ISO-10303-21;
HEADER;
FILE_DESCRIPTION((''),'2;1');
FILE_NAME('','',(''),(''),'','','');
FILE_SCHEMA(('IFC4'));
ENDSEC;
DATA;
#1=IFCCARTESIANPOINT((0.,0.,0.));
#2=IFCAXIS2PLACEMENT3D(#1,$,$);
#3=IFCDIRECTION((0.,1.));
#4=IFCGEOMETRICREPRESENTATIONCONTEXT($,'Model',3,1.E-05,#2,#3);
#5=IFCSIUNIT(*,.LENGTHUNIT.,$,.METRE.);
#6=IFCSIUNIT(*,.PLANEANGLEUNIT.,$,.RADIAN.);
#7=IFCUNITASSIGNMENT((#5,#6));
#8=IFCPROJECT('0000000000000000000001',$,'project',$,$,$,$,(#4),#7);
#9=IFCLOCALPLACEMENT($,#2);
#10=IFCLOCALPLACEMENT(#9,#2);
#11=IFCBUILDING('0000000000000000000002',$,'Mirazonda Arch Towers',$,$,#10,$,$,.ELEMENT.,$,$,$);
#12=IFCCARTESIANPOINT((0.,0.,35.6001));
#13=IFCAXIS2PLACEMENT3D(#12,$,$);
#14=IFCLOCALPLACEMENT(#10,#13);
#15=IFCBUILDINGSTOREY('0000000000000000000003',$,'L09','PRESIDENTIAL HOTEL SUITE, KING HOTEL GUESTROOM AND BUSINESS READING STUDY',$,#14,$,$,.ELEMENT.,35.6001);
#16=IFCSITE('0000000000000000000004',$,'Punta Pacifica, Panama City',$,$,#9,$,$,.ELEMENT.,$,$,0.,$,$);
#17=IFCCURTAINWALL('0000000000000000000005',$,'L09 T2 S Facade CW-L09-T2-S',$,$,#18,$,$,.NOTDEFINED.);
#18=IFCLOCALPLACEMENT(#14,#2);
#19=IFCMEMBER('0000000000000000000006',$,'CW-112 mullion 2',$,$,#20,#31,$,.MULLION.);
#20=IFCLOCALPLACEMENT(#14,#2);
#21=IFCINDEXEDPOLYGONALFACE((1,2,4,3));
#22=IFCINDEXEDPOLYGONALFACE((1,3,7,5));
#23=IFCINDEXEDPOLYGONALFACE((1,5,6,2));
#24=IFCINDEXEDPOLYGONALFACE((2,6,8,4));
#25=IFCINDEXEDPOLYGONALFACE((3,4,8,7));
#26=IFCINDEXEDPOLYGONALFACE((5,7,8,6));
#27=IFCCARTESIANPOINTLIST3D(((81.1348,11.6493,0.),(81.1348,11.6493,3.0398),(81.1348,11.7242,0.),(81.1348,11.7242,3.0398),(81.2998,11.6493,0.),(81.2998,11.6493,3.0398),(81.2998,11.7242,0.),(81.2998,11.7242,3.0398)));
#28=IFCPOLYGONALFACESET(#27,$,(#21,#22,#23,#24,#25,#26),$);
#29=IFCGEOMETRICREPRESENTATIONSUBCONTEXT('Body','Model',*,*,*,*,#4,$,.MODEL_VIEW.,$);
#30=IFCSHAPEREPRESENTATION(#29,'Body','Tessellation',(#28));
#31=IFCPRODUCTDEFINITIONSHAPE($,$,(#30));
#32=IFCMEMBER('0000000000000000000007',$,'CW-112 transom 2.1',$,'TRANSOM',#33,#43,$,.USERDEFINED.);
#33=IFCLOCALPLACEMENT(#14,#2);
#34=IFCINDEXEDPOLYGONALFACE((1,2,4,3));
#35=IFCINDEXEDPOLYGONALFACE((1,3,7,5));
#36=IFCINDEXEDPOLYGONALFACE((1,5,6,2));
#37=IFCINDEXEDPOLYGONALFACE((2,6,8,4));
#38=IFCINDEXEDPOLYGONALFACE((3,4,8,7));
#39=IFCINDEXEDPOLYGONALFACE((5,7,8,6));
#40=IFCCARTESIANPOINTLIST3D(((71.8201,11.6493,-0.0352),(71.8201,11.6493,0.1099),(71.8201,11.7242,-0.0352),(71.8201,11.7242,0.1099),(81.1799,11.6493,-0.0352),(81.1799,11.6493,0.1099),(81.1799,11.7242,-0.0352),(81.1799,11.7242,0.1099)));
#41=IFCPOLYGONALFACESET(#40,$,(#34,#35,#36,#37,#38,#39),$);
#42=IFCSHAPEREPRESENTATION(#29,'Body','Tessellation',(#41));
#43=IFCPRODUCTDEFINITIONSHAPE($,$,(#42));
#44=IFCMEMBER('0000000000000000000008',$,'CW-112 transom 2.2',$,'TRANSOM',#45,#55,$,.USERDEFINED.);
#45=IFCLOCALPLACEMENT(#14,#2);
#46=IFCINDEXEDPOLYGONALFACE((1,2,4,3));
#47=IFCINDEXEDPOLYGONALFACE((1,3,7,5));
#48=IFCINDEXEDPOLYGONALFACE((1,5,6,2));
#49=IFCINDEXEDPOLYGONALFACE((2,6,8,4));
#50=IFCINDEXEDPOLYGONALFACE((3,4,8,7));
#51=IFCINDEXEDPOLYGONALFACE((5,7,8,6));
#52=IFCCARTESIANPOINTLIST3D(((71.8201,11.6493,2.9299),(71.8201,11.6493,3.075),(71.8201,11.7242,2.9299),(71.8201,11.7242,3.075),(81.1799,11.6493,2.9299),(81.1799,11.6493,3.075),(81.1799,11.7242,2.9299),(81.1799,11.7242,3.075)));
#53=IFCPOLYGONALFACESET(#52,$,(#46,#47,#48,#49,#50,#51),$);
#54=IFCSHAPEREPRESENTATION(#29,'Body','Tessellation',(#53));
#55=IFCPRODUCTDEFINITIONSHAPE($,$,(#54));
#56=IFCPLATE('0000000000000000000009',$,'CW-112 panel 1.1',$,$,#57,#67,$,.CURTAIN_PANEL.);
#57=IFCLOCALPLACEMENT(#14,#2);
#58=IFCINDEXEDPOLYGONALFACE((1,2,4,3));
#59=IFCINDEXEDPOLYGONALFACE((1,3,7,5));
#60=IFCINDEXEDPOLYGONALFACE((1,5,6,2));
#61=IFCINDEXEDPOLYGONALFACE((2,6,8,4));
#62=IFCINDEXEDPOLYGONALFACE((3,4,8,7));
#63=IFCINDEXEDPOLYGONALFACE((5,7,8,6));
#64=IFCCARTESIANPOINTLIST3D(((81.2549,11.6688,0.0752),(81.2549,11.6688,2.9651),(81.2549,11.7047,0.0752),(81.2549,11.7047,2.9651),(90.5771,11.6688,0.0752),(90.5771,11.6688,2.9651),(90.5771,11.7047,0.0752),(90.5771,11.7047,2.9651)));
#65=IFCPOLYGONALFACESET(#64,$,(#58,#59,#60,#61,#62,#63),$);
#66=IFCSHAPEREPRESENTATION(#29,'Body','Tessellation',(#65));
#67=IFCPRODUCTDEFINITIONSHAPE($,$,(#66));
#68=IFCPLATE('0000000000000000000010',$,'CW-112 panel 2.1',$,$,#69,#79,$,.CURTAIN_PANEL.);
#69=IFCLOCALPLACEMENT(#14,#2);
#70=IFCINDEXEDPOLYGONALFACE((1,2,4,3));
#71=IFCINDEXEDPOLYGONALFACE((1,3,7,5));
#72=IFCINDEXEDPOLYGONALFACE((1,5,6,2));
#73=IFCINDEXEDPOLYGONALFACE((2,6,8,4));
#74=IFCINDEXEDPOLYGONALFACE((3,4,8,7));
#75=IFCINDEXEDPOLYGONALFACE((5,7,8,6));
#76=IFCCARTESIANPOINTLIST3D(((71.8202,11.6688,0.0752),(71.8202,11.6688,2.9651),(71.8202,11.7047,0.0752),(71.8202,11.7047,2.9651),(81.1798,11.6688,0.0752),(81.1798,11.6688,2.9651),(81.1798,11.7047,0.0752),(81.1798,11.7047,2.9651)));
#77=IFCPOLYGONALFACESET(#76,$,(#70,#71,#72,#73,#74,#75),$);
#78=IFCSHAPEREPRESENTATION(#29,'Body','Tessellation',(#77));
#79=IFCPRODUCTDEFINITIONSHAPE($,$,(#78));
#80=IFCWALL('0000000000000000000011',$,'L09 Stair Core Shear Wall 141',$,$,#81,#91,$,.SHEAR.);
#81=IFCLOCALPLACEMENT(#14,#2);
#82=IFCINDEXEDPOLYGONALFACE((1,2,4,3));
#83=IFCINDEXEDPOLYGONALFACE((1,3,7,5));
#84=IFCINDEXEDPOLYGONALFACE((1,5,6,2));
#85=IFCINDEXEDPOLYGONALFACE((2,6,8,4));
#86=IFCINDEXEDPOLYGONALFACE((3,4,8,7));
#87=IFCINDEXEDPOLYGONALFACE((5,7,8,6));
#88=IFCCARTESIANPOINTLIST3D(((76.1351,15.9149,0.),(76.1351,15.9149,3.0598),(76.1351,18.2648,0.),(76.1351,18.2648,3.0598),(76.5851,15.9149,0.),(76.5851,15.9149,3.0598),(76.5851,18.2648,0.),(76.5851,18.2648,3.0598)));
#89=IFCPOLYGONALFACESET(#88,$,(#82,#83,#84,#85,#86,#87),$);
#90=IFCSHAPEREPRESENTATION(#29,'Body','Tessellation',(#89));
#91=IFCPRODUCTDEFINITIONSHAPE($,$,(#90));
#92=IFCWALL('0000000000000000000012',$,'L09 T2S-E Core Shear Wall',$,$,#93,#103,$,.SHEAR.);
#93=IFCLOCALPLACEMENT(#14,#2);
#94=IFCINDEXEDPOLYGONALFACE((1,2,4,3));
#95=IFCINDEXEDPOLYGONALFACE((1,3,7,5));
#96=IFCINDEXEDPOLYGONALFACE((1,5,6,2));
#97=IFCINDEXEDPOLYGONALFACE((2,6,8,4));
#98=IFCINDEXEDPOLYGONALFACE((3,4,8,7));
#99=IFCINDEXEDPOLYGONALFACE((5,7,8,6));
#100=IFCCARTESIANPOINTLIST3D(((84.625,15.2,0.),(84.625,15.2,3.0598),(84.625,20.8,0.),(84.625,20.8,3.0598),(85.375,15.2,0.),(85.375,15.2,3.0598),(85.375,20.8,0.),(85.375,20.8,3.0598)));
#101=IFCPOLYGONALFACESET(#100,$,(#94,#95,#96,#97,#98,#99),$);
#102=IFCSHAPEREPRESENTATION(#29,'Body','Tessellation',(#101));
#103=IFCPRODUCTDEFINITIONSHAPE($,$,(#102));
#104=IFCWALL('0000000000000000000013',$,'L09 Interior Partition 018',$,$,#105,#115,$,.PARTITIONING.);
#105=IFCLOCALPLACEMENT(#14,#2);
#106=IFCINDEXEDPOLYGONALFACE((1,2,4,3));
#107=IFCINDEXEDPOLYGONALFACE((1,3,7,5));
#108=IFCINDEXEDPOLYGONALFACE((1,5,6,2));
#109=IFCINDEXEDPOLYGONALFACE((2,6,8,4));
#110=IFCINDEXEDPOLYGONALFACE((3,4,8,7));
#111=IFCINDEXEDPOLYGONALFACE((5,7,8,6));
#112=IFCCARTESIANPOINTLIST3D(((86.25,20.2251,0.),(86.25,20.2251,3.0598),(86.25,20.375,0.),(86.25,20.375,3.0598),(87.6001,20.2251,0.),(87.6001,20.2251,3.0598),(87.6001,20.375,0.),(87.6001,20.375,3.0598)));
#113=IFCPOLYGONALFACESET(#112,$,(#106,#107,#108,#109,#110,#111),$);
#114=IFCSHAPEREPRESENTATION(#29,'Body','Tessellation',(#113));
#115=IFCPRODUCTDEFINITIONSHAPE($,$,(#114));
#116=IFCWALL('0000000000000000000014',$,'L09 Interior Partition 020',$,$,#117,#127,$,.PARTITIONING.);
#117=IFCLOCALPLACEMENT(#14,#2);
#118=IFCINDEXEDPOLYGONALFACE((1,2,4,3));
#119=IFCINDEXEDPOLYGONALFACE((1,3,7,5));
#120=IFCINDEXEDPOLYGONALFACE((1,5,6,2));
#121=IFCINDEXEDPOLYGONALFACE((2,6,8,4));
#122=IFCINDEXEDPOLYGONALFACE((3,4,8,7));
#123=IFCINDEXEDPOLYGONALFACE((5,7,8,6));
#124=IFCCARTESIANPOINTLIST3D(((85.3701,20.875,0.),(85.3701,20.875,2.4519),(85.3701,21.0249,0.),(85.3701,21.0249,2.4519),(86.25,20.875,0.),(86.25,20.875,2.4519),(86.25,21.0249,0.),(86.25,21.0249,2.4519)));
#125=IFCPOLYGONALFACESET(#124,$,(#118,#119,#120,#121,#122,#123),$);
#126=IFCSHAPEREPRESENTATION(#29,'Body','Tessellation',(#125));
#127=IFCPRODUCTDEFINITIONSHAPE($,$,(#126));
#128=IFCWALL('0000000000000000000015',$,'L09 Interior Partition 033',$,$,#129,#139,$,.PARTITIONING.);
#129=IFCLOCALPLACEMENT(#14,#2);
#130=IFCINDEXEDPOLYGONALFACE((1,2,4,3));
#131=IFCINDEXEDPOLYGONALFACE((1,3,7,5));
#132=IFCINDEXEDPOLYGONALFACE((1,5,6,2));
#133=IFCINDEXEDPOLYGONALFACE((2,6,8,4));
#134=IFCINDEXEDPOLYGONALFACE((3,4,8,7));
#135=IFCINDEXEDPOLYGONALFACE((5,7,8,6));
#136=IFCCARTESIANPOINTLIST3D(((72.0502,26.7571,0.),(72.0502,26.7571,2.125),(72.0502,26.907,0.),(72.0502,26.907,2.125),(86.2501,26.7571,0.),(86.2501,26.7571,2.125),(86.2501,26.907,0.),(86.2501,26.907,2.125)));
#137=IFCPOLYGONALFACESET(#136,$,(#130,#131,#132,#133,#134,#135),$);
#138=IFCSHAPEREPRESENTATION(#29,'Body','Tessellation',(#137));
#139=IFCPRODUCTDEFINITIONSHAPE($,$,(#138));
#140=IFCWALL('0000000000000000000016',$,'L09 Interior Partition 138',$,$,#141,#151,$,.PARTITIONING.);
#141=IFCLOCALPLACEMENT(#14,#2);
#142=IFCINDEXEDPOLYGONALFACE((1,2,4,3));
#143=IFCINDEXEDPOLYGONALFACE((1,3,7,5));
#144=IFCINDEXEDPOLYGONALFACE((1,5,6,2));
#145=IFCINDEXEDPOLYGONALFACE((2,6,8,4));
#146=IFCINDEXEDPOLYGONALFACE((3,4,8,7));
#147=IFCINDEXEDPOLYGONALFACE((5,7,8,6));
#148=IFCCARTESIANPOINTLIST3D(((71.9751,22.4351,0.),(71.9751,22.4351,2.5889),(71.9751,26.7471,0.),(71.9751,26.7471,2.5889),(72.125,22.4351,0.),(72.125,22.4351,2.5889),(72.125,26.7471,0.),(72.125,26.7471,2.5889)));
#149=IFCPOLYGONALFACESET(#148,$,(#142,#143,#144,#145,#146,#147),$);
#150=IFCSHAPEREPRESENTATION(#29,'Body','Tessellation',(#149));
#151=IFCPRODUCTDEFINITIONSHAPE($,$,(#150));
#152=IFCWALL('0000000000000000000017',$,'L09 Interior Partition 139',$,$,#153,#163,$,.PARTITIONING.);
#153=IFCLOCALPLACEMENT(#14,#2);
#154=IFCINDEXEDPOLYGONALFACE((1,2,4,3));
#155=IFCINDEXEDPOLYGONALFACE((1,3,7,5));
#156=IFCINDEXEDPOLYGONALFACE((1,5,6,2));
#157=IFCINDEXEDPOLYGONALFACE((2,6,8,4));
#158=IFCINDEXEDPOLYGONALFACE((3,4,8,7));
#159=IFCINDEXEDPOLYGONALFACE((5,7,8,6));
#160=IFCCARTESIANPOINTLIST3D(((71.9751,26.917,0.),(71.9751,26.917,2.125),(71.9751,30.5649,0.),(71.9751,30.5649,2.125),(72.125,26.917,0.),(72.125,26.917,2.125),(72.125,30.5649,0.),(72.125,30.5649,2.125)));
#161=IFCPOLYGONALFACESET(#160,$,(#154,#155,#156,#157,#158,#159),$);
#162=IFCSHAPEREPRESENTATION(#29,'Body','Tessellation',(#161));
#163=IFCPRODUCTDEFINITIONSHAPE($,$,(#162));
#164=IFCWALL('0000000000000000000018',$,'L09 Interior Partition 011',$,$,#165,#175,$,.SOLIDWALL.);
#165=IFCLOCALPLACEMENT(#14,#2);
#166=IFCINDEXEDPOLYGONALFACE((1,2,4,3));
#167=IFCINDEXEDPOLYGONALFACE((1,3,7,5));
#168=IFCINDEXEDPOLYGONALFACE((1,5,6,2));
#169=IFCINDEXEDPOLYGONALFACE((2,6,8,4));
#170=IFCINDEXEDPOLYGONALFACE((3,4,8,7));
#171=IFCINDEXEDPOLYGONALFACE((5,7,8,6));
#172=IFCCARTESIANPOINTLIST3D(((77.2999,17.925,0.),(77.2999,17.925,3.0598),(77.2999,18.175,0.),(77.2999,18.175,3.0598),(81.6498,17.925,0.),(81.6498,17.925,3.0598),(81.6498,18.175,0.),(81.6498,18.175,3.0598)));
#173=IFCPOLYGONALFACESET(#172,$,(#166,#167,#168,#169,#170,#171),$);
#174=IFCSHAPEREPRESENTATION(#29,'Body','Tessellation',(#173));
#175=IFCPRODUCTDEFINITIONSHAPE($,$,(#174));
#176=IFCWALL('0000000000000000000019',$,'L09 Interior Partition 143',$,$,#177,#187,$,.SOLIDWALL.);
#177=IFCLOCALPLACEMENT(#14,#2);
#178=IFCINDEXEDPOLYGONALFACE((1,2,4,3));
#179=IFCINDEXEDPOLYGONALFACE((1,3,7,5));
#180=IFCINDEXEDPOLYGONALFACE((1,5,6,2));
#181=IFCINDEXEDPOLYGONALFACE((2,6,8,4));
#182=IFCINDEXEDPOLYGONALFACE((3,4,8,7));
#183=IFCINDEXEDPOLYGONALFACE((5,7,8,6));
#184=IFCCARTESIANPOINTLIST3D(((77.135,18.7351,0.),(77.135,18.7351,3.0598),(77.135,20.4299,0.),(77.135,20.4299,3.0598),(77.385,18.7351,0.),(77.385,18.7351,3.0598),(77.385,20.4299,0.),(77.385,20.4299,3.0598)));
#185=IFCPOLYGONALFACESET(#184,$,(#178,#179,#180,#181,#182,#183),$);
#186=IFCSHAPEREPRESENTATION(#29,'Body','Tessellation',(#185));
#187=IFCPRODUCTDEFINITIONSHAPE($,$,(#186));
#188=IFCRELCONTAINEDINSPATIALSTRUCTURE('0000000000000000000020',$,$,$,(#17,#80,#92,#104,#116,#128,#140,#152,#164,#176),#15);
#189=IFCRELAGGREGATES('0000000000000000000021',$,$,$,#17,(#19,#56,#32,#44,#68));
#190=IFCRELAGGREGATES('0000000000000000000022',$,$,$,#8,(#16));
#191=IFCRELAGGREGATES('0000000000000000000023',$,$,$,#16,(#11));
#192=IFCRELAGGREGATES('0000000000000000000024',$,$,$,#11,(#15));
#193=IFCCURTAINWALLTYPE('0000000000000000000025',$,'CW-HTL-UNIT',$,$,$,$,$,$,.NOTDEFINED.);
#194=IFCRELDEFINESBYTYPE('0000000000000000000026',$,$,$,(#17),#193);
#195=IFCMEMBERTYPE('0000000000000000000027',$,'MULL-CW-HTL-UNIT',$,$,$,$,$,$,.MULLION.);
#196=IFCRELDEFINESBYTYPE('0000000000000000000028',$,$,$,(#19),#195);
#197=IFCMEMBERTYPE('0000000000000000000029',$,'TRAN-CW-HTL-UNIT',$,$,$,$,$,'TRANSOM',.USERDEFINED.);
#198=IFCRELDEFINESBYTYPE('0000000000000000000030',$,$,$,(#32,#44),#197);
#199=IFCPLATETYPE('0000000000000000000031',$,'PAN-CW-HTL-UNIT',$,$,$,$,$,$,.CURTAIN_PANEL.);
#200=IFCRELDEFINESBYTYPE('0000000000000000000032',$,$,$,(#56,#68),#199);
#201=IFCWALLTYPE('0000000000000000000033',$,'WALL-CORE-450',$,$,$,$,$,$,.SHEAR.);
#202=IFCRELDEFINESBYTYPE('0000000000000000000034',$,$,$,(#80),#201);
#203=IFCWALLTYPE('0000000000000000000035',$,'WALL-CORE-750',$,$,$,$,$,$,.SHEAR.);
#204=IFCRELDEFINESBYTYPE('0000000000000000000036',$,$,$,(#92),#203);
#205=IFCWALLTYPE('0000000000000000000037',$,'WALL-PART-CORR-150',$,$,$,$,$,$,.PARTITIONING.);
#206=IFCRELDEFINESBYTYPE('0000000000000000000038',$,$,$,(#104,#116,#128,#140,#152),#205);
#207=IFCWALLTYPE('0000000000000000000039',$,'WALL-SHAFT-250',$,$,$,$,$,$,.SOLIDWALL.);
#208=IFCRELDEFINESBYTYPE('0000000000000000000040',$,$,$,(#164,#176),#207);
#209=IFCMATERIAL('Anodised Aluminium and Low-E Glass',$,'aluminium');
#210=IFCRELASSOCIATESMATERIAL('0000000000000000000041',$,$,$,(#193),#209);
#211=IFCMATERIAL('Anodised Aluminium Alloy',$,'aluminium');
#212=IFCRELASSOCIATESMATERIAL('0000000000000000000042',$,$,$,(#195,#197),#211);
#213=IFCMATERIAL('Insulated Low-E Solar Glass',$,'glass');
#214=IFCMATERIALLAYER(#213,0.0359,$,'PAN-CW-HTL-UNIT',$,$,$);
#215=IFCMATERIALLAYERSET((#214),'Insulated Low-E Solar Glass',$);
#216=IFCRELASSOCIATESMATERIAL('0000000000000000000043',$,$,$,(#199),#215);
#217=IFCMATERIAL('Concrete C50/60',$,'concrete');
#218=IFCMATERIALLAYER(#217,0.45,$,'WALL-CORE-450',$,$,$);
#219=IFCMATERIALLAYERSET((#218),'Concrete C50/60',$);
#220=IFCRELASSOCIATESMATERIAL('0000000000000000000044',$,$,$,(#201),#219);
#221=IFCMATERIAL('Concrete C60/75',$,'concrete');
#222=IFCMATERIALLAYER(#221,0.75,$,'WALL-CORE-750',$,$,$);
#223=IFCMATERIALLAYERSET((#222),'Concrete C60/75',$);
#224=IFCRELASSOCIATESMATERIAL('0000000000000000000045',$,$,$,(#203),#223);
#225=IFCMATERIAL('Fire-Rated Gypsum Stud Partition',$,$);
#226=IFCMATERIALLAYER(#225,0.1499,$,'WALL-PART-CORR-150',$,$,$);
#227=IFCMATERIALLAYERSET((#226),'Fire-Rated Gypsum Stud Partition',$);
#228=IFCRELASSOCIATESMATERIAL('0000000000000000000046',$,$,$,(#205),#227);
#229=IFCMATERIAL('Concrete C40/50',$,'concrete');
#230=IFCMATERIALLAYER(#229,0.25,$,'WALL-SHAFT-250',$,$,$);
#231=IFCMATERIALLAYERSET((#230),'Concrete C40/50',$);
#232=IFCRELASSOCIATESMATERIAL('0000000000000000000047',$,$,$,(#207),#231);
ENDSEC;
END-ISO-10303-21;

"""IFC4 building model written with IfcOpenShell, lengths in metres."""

from ifc_helpers import new_model, si_unit, direction, frame, frame_2d, origin, origin_2d, place, context, subcontext, project, spatial, rectangle, extrude, material, layer, layer_set, material_profile, profile_set, type_object, element, aggregate, save


model = new_model("IFC4")

# Units and contexts
model_context = context("Model", 3, precision=1e-05, world=origin(), true_north=direction((0.0, 1.0)))
body_context = subcontext(model_context, "Body", "Model", "MODEL_VIEW")
ifc_project = project(units=[si_unit("LENGTHUNIT", "METRE"), si_unit("PLANEANGLEUNIT", "RADIAN")], contexts=[model_context])

# Site, building, storey
site_placement = place(None, origin())
site = spatial("IfcSite", under=ifc_project, at=site_placement, Name="Punta Pacifica, Panama City", CompositionType="ELEMENT", RefElevation=0.0)
building_placement = place(site_placement, origin())
building = spatial("IfcBuilding", under=site, at=building_placement, Name="Mirazonda Arch Towers", CompositionType="ELEMENT")
storey_placement = place(building_placement, frame((0.0, 0.0, 35.6001)))
storey = spatial("IfcBuildingStorey", under=building, at=storey_placement, Name="L09", Description="PRESIDENTIAL HOTEL SUITE, KING HOTEL GUESTROOM AND BUSINESS READING STUDY", CompositionType="ELEMENT", Elevation=35.6001)

# Shared definitions
ifc_material_1 = material(Name="Concrete C60/75", Category="concrete")

# Curtain wall, members, plates
ifc_material_2 = material(Name="Anodised Aluminium and Low-E Glass", Category="aluminium")
curtain_wall_type = type_object("IfcCurtainWallType", Name="CW-HTL-UNIT", PredefinedType="NOTDEFINED", material=ifc_material_2)
curtain_wall_placement = place(storey_placement, origin())
curtain_wall = element("IfcCurtainWall", 1, at=curtain_wall_placement, inside=storey, type_object=curtain_wall_type, Name="L09 T2 S Facade CW-L09-T2-S", PredefinedType="NOTDEFINED")
ifc_material_3 = material(Name="Anodised Aluminium Alloy", Category="aluminium")
ifc_material_profile_1 = material_profile(ifc_material_3, rectangle(XDim=0.075, YDim=0.165, at=origin_2d()), Name="ALU-MULL-75x165")
ifc_profile_set_1 = profile_set([ifc_material_profile_1], Name="Anodised Aluminium Alloy")
member_type_1 = type_object("IfcMemberType", Name="MULL-CW-HTL-UNIT", PredefinedType="MULLION", material=ifc_profile_set_1)
member_1_placement = place(storey_placement, frame((81.2173, 11.6868, 0.0), z_axis=(0.0, 0.0, 1.0), x_axis=(0.0, -1.0, 0.0)))
member_1 = element("IfcMember", 2, at=member_1_placement, type_object=member_type_1, Name="CW-112 mullion 2", PredefinedType="MULLION", context=body_context, shape_type="SweptSolid", body=[
    extrude(rectangle(XDim=0.075, YDim=0.165, at=origin_2d()), origin(), (0.0, 0.0, 1.0), 3.0398),
])
ifc_material_profile_2 = material_profile(ifc_material_3, rectangle(XDim=0.075, YDim=0.145, at=origin_2d()), Name="ALU-TRAN-75x145")
ifc_profile_set_2 = profile_set([ifc_material_profile_2], Name="Anodised Aluminium Alloy")
member_type_2 = type_object("IfcMemberType", Name="TRAN-CW-HTL-UNIT", ElementType="TRANSOM", PredefinedType="USERDEFINED", material=ifc_profile_set_2)
member_2_placement = place(storey_placement, frame((81.1799, 11.6868, 0.0374), z_axis=(-1.0, 0.0, 0.0), x_axis=(0.0, -1.0, 0.0)))
member_2 = element("IfcMember", 3, at=member_2_placement, type_object=member_type_2, Name="CW-112 transom 2.1", ObjectType="TRANSOM", PredefinedType="USERDEFINED", context=body_context, shape_type="SweptSolid", body=[
    extrude(rectangle(XDim=0.075, YDim=0.145, at=origin_2d()), origin(), (0.0, 0.0, 1.0), 9.3599),
])
member_3_placement = place(storey_placement, frame((81.1799, 11.6868, 3.0024), z_axis=(-1.0, 0.0, 0.0), x_axis=(0.0, -1.0, 0.0)))
member_3 = element("IfcMember", 4, at=member_3_placement, type_object=member_type_2, Name="CW-112 transom 2.2", ObjectType="TRANSOM", PredefinedType="USERDEFINED", context=body_context, shape_type="SweptSolid", body=[
    extrude(rectangle(XDim=0.075, YDim=0.145, at=origin_2d()), origin(), (0.0, 0.0, 1.0), 9.3599),
])
ifc_material_4 = material(Name="Insulated Low-E Solar Glass", Category="glass")
ifc_layer_1 = layer(ifc_material_4, 0.0359, Name="PAN-CW-HTL-UNIT")
ifc_layer_set_1 = layer_set([ifc_layer_1], Name="Insulated Low-E Solar Glass")
plate_type = type_object("IfcPlateType", Name="PAN-CW-HTL-UNIT", PredefinedType="CURTAIN_PANEL", material=ifc_layer_set_1)
plate_1_placement = place(storey_placement, frame((85.916, 11.6868, 0.0752), z_axis=(0.0, 0.0, 1.0), x_axis=(-1.0, 0.0, 0.0)))
plate_1 = element("IfcPlate", 5, at=plate_1_placement, type_object=plate_type, Name="CW-112 panel 1.1", PredefinedType="CURTAIN_PANEL", context=body_context, shape_type="SweptSolid", body=[
    extrude(rectangle(XDim=9.3223, YDim=0.0359, at=origin_2d()), origin(), (0.0, 0.0, 1.0), 2.8899),
])
plate_2_placement = place(storey_placement, frame((76.5, 11.6868, 0.0752), z_axis=(0.0, 0.0, 1.0), x_axis=(-1.0, 0.0, 0.0)))
plate_2 = element("IfcPlate", 6, at=plate_2_placement, type_object=plate_type, Name="CW-112 panel 2.1", PredefinedType="CURTAIN_PANEL", context=body_context, shape_type="SweptSolid", body=[
    extrude(rectangle(XDim=9.3596, YDim=0.0359, at=origin_2d()), origin(), (0.0, 0.0, 1.0), 2.8899),
])
aggregate(curtain_wall, [member_1, plate_1, member_2, member_3, plate_2])

# Walls
ifc_material_5 = material(Name="Concrete C50/60", Category="concrete")
ifc_layer_2 = layer(ifc_material_5, 0.45, Name="WALL-CORE-450")
ifc_layer_set_2 = layer_set([ifc_layer_2], Name="Concrete C50/60")
wall_type_1 = type_object("IfcWallType", Name="WALL-CORE-450", PredefinedType="SHEAR", material=ifc_layer_set_2)
wall_1_placement = place(storey_placement, frame((76.3601, 15.915, 0.0), z_axis=(0.0, 0.0, 1.0), x_axis=(0.0, 1.0, 0.0)))
element("IfcWall", 7, at=wall_1_placement, inside=storey, type_object=wall_type_1, Name="L09 Stair Core Shear Wall 141", PredefinedType="SHEAR", context=body_context, shape_type="SweptSolid", body=[
    extrude(rectangle(XDim=2.3499, YDim=0.45, at=frame_2d((1.1748, 0.0))), origin(), (0.0, 0.0, 1.0), 3.0598),
])
ifc_layer_3 = layer(ifc_material_1, 0.75, Name="WALL-CORE-750")
ifc_layer_set_3 = layer_set([ifc_layer_3], Name="Concrete C60/75")
wall_type_2 = type_object("IfcWallType", Name="WALL-CORE-750", PredefinedType="SHEAR", material=ifc_layer_set_3)
wall_2_placement = place(storey_placement, frame((85.0, 15.2, 0.0), z_axis=(0.0, 0.0, 1.0), x_axis=(0.0, 1.0, 0.0)))
element("IfcWall", 8, at=wall_2_placement, inside=storey, type_object=wall_type_2, Name="L09 T2S-E Core Shear Wall", PredefinedType="SHEAR", context=body_context, shape_type="SweptSolid", body=[
    extrude(rectangle(XDim=5.6001, YDim=0.75, at=frame_2d((2.8, 0.0))), origin(), (0.0, 0.0, 1.0), 3.0598),
])
ifc_material_6 = material(Name="Fire-Rated Gypsum Stud Partition")
ifc_layer_4 = layer(ifc_material_6, 0.1499, Name="WALL-PART-CORR-150")
ifc_layer_set_4 = layer_set([ifc_layer_4], Name="Fire-Rated Gypsum Stud Partition")
wall_type_3 = type_object("IfcWallType", Name="WALL-PART-CORR-150", PredefinedType="PARTITIONING", material=ifc_layer_set_4)
wall_3_placement = place(storey_placement, frame((86.25, 20.3, 0.0), z_axis=(0.0, 0.0, 1.0), x_axis=(1.0, 0.0, 0.0)))
element("IfcWall", 9, at=wall_3_placement, inside=storey, type_object=wall_type_3, Name="L09 Interior Partition 018", PredefinedType="PARTITIONING", context=body_context, shape_type="SweptSolid", body=[
    extrude(rectangle(XDim=1.3501, YDim=0.1499, at=frame_2d((0.675, 0.0))), origin(), (0.0, 0.0, 1.0), 3.0598),
])
wall_4_placement = place(storey_placement, frame((85.3701, 20.95, 0.0), z_axis=(0.0, 0.0, 1.0), x_axis=(1.0, 0.0, 0.0)))
element("IfcWall", 10, at=wall_4_placement, inside=storey, type_object=wall_type_3, Name="L09 Interior Partition 020", PredefinedType="PARTITIONING", context=body_context, shape_type="SweptSolid", body=[
    extrude(rectangle(XDim=0.8799, YDim=0.1499, at=frame_2d((0.4399, 0.0))), origin(), (0.0, 0.0, 1.0), 2.4519),
])
wall_5_placement = place(storey_placement, frame((72.05, 26.832, 0.0), z_axis=(0.0, 0.0, 1.0), x_axis=(1.0, 0.0, 0.0)))
element("IfcWall", 11, at=wall_5_placement, inside=storey, type_object=wall_type_3, Name="L09 Interior Partition 033", PredefinedType="PARTITIONING", context=body_context, shape_type="SweptSolid", body=[
    extrude(rectangle(XDim=14.2, YDim=0.1499, at=frame_2d((7.1001, 0.0))), origin(), (0.0, 0.0, 1.0), 2.125),
])
wall_6_placement = place(storey_placement, frame((72.05, 22.4351, 0.0), z_axis=(0.0, 0.0, 1.0), x_axis=(0.0, 1.0, 0.0)))
element("IfcWall", 12, at=wall_6_placement, inside=storey, type_object=wall_type_3, Name="L09 Interior Partition 138", PredefinedType="PARTITIONING", context=body_context, shape_type="SweptSolid", body=[
    extrude(rectangle(XDim=4.312, YDim=0.1499, at=frame_2d((2.156, 0.0))), origin(), (0.0, 0.0, 1.0), 2.5889),
])
wall_7_placement = place(storey_placement, frame((72.05, 26.917, 0.0), z_axis=(0.0, 0.0, 1.0), x_axis=(0.0, 1.0, 0.0)))
element("IfcWall", 13, at=wall_7_placement, inside=storey, type_object=wall_type_3, Name="L09 Interior Partition 139", PredefinedType="PARTITIONING", context=body_context, shape_type="SweptSolid", body=[
    extrude(rectangle(XDim=3.6479, YDim=0.1499, at=frame_2d((1.824, 0.0))), origin(), (0.0, 0.0, 1.0), 2.125),
])
ifc_material_7 = material(Name="Concrete C40/50", Category="concrete")
ifc_layer_5 = layer(ifc_material_7, 0.25, Name="WALL-SHAFT-250")
ifc_layer_set_5 = layer_set([ifc_layer_5], Name="Concrete C40/50")
wall_type_4 = type_object("IfcWallType", Name="WALL-SHAFT-250", PredefinedType="SOLIDWALL", material=ifc_layer_set_5)
wall_8_placement = place(storey_placement, frame((77.3, 18.05, 0.0), z_axis=(0.0, 0.0, 1.0), x_axis=(1.0, 0.0, 0.0)))
element("IfcWall", 14, at=wall_8_placement, inside=storey, type_object=wall_type_4, Name="L09 Interior Partition 011", PredefinedType="SOLIDWALL", context=body_context, shape_type="SweptSolid", body=[
    extrude(rectangle(XDim=4.3499, YDim=0.25, at=frame_2d((2.1748, 0.0))), origin(), (0.0, 0.0, 1.0), 3.0598),
])
wall_9_placement = place(storey_placement, frame((77.26, 18.7351, 0.0), z_axis=(0.0, 0.0, 1.0), x_axis=(0.0, 1.0, 0.0)))
element("IfcWall", 15, at=wall_9_placement, inside=storey, type_object=wall_type_4, Name="L09 Interior Partition 143", PredefinedType="SOLIDWALL", context=body_context, shape_type="SweptSolid", body=[
    extrude(rectangle(XDim=1.6948, YDim=0.25, at=frame_2d((0.8474, 0.0))), origin(), (0.0, 0.0, 1.0), 3.0598),
])

save(model, "model.ifc")
